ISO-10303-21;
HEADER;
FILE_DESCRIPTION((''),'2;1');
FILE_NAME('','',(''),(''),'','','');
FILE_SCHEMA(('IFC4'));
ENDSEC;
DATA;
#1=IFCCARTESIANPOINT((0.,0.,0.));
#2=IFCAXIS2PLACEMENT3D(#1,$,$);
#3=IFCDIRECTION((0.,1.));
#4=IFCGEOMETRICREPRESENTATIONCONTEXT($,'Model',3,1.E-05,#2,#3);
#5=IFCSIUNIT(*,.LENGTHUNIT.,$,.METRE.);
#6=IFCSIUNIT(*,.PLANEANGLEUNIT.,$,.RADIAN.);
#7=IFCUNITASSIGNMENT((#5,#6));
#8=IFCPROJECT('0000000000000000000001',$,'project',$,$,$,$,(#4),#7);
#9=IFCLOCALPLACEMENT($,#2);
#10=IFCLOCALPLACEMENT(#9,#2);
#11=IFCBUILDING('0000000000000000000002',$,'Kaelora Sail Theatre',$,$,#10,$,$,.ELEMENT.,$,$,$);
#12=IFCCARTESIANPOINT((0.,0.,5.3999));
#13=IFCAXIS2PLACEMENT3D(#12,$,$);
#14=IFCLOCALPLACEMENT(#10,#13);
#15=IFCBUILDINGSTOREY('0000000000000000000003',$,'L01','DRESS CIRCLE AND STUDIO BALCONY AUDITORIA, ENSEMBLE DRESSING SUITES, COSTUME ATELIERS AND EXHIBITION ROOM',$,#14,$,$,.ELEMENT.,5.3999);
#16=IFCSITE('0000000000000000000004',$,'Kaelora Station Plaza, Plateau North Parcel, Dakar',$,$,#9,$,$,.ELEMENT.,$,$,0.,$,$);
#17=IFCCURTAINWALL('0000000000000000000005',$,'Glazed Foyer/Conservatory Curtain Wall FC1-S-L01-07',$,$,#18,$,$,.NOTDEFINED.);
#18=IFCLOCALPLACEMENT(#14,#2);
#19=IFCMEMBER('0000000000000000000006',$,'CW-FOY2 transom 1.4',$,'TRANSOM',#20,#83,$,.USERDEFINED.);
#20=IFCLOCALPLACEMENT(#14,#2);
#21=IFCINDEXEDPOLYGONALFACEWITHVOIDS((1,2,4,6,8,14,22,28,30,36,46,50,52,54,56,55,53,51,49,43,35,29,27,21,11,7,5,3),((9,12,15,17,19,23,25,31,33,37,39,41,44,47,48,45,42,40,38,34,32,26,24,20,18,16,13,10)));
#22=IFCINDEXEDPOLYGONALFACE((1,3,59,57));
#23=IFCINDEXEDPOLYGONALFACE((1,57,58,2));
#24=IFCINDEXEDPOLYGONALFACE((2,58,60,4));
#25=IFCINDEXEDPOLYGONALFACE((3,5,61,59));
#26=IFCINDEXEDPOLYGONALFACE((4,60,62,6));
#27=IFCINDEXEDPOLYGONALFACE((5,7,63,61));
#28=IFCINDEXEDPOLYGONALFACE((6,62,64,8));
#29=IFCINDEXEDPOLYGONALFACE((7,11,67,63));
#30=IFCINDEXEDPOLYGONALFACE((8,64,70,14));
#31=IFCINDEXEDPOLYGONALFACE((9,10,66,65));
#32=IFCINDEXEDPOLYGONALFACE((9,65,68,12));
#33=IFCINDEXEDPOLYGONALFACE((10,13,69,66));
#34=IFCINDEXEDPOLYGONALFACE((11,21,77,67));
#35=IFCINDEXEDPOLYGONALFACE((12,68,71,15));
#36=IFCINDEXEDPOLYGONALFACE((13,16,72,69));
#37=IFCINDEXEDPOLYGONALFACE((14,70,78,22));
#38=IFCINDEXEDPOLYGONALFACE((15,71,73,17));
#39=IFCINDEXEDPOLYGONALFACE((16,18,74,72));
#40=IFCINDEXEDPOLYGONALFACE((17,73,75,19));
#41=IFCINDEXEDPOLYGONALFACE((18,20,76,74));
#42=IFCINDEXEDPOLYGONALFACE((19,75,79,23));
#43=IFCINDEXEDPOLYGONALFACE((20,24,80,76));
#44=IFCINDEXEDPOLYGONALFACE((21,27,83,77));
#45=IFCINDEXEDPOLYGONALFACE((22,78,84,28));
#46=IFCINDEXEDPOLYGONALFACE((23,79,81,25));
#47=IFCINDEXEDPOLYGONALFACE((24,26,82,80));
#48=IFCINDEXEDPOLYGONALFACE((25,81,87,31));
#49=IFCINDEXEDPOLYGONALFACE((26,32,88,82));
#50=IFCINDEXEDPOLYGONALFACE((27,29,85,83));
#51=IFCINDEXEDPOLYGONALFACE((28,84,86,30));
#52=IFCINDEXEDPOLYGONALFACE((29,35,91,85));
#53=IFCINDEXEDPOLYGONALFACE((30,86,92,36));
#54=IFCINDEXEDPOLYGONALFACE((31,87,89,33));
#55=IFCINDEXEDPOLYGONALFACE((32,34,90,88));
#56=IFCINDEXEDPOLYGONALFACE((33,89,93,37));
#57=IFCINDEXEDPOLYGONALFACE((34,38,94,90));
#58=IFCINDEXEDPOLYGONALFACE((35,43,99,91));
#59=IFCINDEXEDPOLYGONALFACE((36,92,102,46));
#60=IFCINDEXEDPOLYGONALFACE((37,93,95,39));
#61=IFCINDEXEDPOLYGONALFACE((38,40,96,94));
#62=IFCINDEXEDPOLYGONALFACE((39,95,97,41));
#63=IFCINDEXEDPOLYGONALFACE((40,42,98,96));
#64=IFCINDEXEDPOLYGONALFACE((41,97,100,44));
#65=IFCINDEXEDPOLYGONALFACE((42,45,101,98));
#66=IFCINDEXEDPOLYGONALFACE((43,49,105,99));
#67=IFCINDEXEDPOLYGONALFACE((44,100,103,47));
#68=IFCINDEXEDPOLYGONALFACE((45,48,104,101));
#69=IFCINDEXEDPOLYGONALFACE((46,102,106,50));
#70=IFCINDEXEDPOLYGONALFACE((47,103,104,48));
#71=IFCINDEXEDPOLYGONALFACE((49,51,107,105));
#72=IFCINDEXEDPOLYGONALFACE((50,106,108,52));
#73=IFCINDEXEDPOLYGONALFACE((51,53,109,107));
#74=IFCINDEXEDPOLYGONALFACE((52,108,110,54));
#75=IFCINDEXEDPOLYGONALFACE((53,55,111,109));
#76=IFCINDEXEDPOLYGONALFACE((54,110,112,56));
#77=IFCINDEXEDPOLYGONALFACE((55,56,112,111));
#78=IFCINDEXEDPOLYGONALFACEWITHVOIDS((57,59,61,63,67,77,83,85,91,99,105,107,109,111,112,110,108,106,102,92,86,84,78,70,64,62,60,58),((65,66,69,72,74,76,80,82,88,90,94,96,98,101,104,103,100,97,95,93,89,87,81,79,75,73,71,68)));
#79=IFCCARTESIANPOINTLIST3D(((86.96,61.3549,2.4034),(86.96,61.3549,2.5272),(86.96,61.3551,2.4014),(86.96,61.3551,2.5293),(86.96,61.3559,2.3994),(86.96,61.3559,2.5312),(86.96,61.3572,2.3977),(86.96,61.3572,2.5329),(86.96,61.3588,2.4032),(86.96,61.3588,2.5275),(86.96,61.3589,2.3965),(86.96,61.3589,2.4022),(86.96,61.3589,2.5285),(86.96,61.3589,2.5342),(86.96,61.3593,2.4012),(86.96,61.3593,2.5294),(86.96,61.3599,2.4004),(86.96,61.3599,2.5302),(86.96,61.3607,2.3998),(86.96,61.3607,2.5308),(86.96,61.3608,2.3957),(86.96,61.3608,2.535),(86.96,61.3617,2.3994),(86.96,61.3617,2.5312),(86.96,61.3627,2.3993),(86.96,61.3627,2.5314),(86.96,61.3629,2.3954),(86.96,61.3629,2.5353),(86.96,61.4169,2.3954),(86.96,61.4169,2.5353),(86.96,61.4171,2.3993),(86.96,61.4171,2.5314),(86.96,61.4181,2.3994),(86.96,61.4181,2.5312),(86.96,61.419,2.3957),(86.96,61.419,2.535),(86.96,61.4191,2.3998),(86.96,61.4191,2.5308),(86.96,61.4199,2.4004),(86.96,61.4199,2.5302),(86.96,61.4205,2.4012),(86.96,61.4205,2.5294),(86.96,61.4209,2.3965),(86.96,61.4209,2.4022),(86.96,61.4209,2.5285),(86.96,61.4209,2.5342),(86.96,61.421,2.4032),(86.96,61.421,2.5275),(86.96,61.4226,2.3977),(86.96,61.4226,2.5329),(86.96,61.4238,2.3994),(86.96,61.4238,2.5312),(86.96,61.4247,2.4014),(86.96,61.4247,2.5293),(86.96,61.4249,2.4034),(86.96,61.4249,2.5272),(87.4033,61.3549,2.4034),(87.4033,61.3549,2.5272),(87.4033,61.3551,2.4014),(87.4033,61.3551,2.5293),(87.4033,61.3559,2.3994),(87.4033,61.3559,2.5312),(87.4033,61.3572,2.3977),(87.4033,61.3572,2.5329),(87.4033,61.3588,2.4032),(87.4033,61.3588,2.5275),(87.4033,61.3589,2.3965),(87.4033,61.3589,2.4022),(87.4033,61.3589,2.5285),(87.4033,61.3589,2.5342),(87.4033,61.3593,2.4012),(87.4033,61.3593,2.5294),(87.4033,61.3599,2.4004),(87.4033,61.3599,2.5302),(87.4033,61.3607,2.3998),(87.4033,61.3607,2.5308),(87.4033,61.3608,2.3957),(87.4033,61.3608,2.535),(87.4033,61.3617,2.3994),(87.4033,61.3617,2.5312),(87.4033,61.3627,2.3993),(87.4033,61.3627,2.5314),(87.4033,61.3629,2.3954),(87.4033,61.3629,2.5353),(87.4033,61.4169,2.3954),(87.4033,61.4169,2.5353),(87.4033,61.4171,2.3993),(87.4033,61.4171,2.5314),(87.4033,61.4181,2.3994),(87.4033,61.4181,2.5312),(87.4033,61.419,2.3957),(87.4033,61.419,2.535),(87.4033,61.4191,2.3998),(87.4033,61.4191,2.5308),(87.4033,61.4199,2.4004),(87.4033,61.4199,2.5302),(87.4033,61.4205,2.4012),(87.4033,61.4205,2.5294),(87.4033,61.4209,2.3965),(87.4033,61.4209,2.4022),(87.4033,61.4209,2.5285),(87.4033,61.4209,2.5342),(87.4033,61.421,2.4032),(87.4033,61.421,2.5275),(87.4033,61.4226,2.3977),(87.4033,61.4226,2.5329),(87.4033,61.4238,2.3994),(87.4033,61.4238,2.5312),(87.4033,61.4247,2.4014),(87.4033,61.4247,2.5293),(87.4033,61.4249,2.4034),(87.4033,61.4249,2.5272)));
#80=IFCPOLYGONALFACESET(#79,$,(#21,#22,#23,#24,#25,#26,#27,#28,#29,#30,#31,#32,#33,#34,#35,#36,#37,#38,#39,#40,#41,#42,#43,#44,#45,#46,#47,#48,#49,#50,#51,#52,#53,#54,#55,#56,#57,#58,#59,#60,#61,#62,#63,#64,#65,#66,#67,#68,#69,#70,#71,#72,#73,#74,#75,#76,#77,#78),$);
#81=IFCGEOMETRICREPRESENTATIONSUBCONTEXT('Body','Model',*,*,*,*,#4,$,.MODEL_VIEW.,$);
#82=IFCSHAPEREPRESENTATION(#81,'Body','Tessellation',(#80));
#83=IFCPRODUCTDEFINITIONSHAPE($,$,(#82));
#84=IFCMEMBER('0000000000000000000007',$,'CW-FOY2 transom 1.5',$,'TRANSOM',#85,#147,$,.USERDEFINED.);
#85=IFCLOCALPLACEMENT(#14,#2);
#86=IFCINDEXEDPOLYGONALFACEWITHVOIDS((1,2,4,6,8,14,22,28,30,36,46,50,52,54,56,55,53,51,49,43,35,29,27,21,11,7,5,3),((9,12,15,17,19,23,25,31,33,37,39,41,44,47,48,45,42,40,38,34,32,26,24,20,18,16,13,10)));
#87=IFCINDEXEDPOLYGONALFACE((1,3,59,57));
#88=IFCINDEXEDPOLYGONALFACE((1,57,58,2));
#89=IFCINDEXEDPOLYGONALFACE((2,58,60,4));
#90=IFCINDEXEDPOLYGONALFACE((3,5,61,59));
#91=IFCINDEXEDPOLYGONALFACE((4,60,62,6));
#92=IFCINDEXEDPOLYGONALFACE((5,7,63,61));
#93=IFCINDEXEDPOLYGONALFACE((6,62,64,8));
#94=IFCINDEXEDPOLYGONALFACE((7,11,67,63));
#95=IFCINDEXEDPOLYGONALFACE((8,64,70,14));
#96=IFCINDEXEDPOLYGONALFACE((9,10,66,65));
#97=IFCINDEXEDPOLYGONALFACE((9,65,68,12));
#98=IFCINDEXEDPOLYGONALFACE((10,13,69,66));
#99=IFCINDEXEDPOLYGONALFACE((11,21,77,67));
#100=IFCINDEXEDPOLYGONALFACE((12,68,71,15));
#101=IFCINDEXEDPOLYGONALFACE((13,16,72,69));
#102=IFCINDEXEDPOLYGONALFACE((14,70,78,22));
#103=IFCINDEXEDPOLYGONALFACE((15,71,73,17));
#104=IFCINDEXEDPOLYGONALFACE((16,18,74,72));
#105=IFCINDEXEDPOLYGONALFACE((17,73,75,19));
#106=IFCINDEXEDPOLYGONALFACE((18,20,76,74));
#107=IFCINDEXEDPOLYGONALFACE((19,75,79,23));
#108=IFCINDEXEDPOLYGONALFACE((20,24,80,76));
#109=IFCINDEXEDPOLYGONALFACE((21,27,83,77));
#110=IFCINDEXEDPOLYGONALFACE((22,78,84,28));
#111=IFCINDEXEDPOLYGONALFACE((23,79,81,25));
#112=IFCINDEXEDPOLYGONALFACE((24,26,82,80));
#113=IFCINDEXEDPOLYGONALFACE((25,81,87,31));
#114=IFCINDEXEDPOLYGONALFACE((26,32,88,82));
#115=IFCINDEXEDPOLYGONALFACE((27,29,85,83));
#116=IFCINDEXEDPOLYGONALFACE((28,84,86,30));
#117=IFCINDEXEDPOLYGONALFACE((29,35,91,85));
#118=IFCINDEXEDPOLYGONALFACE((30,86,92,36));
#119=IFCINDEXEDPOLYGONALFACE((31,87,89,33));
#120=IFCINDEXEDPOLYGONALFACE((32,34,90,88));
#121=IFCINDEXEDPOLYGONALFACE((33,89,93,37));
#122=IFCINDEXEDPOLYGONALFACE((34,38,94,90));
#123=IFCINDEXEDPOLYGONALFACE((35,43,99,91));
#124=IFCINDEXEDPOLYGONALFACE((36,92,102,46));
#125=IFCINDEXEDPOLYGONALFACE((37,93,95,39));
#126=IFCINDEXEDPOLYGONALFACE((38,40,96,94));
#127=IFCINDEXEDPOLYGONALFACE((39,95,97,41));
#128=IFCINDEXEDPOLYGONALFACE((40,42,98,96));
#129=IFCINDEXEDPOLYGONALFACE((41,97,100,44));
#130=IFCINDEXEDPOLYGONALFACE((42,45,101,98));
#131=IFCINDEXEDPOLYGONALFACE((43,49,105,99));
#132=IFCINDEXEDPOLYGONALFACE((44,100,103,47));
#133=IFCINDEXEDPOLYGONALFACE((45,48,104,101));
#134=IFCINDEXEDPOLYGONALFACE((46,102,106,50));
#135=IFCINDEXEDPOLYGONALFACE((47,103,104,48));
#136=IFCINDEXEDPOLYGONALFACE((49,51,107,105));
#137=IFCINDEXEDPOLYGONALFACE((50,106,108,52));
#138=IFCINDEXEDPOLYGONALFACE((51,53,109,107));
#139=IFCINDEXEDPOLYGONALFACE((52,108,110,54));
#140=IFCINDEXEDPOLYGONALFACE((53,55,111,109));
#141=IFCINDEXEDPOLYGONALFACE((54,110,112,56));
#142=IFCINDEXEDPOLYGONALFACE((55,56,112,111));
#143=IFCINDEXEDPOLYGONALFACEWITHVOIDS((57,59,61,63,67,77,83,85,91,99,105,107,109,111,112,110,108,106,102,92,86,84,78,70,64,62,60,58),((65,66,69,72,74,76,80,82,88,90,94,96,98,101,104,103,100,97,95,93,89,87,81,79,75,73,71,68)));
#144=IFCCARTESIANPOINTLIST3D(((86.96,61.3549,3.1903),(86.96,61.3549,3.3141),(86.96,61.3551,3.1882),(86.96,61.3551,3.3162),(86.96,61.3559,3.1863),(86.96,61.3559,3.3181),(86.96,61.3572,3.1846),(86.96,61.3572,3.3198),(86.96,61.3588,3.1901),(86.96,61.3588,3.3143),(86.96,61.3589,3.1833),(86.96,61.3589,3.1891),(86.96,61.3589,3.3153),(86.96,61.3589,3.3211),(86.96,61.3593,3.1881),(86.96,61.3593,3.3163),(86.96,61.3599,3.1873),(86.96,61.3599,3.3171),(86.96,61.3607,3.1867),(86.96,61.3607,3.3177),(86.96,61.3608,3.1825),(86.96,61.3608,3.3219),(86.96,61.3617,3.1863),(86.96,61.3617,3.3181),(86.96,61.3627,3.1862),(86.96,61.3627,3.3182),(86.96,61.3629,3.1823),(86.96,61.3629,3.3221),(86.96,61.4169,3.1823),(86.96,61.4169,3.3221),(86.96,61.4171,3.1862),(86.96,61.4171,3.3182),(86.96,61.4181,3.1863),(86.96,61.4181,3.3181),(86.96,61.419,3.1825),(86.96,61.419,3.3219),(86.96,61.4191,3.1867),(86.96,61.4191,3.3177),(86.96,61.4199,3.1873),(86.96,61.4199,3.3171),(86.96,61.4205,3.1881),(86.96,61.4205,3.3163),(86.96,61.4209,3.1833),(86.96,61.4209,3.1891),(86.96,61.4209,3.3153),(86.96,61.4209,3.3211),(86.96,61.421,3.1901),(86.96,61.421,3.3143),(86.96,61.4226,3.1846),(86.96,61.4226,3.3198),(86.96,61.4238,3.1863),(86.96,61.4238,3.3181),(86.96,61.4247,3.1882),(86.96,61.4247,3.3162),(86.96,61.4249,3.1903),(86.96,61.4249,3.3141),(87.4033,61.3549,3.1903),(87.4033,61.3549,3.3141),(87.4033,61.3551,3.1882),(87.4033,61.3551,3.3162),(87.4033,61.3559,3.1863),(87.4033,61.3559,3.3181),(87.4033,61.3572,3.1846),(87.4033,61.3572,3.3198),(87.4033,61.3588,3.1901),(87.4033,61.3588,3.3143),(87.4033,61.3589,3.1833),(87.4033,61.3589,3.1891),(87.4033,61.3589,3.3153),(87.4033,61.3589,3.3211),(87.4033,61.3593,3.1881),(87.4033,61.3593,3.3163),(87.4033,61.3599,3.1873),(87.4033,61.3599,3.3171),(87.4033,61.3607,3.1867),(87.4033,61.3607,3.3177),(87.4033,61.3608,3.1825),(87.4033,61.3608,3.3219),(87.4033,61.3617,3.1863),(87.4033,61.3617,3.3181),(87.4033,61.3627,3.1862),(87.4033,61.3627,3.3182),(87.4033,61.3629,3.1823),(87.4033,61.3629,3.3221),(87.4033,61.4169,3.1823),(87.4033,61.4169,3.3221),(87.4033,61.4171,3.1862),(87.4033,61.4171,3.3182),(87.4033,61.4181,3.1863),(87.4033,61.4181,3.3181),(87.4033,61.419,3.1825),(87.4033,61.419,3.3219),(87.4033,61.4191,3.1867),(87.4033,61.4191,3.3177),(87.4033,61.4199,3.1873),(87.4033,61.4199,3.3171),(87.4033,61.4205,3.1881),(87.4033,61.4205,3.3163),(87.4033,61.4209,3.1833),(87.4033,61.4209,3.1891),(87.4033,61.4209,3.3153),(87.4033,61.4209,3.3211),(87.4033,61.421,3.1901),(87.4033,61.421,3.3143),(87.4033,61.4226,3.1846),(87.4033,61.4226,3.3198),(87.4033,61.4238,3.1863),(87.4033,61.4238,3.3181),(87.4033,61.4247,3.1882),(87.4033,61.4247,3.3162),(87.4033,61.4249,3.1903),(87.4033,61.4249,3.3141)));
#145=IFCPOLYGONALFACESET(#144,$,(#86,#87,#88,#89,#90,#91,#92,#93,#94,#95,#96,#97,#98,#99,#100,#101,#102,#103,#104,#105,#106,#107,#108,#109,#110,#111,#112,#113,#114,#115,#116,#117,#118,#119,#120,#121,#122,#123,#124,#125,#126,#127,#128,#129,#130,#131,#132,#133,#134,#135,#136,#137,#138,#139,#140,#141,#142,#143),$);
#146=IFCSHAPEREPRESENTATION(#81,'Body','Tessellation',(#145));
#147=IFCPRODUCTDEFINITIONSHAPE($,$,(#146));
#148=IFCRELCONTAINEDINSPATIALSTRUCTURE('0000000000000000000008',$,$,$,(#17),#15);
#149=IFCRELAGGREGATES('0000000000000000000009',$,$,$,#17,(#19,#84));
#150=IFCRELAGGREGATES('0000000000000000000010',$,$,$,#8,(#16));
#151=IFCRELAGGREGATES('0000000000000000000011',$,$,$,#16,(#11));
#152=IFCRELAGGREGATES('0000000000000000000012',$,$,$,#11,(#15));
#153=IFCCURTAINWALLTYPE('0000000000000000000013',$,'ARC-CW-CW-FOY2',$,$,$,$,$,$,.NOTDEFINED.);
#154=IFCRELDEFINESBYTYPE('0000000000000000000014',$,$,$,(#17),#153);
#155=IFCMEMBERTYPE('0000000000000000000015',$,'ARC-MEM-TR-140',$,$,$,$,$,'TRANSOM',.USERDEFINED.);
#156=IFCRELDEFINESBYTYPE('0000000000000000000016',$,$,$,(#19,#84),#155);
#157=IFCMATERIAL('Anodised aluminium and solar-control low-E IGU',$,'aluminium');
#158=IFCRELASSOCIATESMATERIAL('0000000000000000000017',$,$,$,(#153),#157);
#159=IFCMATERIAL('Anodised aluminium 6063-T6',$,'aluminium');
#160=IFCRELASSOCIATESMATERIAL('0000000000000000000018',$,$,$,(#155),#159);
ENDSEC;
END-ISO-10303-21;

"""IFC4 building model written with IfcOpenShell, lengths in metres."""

from ifc_helpers import new_model, si_unit, direction, frame, origin, origin_2d, place, context, subcontext, project, spatial, hollow_rectangle, extrude, material, material_profile, profile_set, type_object, element, aggregate, save


model = new_model("IFC4")

# Units and contexts
model_context = context("Model", 3, precision=1e-05, world=origin(), true_north=direction((0.0, 1.0)))
body_context = subcontext(model_context, "Body", "Model", "MODEL_VIEW")
ifc_project = project(units=[si_unit("LENGTHUNIT", "METRE"), si_unit("PLANEANGLEUNIT", "RADIAN")], contexts=[model_context])

# Site, building, storey
site_placement = place(None, origin())
site = spatial("IfcSite", under=ifc_project, at=site_placement, Name="Kaelora Station Plaza, Plateau North Parcel, Dakar", CompositionType="ELEMENT", RefElevation=0.0)
building_placement = place(site_placement, origin())
building = spatial("IfcBuilding", under=site, at=building_placement, Name="Kaelora Sail Theatre", CompositionType="ELEMENT")
storey_placement = place(building_placement, frame((0.0, 0.0, 5.3999)))
storey = spatial("IfcBuildingStorey", under=building, at=storey_placement, Name="L01", Description="DRESS CIRCLE AND STUDIO BALCONY AUDITORIA, ENSEMBLE DRESSING SUITES, COSTUME ATELIERS AND EXHIBITION ROOM", CompositionType="ELEMENT", Elevation=5.3999)

# Curtain wall, members
ifc_material_1 = material(Name="Anodised aluminium and solar-control low-E IGU", Category="aluminium")
curtain_wall_type = type_object("IfcCurtainWallType", Name="ARC-CW-CW-FOY2", PredefinedType="NOTDEFINED", material=ifc_material_1)
ifc_material_2 = material(Name="Anodised aluminium 6063-T6", Category="aluminium")
ifc_material_profile = material_profile(ifc_material_2, hollow_rectangle(XDim=0.0701, YDim=0.1399, WallThickness=0.0039, InnerFilletRadius=0.0039, OuterFilletRadius=0.0081, at=origin_2d()), Name="ALU-TRAN 70x140x4")
ifc_profile_set = profile_set([ifc_material_profile], Name="Anodised aluminium 6063-T6")
member_type = type_object("IfcMemberType", Name="ARC-MEM-TR-140", ElementType="TRANSOM", PredefinedType="USERDEFINED", material=ifc_profile_set)
curtain_wall_1_placement = place(storey_placement, origin())
curtain_wall_1 = element("IfcCurtainWall", 1, at=curtain_wall_1_placement, inside=storey, type_object=curtain_wall_type, Name="Glazed Foyer/Conservatory Curtain Wall FC1-S-L01-07", PredefinedType="NOTDEFINED")
member_1_placement = place(storey_placement, frame((86.96, 61.3899, 2.4653), z_axis=(1.0, 0.0, 0.0), x_axis=(0.0, 1.0, 0.0)))
member_1 = element("IfcMember", 2, at=member_1_placement, type_object=member_type, Name="CW-FOY2 transom 1.4", ObjectType="TRANSOM", PredefinedType="USERDEFINED", context=body_context, shape_type="SweptSolid", body=[
    extrude(hollow_rectangle(XDim=0.0701, YDim=0.1399, WallThickness=0.0039, InnerFilletRadius=0.0039, OuterFilletRadius=0.0081, at=origin_2d()), origin(), (0.0, 0.0, 1.0), 0.4434),
])
member_2_placement = place(storey_placement, frame((86.96, 61.3899, 3.2522), z_axis=(1.0, 0.0, 0.0), x_axis=(0.0, 1.0, 0.0)))
member_2 = element("IfcMember", 3, at=member_2_placement, type_object=member_type, Name="CW-FOY2 transom 1.5", ObjectType="TRANSOM", PredefinedType="USERDEFINED", context=body_context, shape_type="SweptSolid", body=[
    extrude(hollow_rectangle(XDim=0.0701, YDim=0.1399, WallThickness=0.0039, InnerFilletRadius=0.0039, OuterFilletRadius=0.0081, at=origin_2d()), origin(), (0.0, 0.0, 1.0), 0.4434),
])

aggregate(curtain_wall_1, [member_1, member_2])

save(model, "model.ifc")
